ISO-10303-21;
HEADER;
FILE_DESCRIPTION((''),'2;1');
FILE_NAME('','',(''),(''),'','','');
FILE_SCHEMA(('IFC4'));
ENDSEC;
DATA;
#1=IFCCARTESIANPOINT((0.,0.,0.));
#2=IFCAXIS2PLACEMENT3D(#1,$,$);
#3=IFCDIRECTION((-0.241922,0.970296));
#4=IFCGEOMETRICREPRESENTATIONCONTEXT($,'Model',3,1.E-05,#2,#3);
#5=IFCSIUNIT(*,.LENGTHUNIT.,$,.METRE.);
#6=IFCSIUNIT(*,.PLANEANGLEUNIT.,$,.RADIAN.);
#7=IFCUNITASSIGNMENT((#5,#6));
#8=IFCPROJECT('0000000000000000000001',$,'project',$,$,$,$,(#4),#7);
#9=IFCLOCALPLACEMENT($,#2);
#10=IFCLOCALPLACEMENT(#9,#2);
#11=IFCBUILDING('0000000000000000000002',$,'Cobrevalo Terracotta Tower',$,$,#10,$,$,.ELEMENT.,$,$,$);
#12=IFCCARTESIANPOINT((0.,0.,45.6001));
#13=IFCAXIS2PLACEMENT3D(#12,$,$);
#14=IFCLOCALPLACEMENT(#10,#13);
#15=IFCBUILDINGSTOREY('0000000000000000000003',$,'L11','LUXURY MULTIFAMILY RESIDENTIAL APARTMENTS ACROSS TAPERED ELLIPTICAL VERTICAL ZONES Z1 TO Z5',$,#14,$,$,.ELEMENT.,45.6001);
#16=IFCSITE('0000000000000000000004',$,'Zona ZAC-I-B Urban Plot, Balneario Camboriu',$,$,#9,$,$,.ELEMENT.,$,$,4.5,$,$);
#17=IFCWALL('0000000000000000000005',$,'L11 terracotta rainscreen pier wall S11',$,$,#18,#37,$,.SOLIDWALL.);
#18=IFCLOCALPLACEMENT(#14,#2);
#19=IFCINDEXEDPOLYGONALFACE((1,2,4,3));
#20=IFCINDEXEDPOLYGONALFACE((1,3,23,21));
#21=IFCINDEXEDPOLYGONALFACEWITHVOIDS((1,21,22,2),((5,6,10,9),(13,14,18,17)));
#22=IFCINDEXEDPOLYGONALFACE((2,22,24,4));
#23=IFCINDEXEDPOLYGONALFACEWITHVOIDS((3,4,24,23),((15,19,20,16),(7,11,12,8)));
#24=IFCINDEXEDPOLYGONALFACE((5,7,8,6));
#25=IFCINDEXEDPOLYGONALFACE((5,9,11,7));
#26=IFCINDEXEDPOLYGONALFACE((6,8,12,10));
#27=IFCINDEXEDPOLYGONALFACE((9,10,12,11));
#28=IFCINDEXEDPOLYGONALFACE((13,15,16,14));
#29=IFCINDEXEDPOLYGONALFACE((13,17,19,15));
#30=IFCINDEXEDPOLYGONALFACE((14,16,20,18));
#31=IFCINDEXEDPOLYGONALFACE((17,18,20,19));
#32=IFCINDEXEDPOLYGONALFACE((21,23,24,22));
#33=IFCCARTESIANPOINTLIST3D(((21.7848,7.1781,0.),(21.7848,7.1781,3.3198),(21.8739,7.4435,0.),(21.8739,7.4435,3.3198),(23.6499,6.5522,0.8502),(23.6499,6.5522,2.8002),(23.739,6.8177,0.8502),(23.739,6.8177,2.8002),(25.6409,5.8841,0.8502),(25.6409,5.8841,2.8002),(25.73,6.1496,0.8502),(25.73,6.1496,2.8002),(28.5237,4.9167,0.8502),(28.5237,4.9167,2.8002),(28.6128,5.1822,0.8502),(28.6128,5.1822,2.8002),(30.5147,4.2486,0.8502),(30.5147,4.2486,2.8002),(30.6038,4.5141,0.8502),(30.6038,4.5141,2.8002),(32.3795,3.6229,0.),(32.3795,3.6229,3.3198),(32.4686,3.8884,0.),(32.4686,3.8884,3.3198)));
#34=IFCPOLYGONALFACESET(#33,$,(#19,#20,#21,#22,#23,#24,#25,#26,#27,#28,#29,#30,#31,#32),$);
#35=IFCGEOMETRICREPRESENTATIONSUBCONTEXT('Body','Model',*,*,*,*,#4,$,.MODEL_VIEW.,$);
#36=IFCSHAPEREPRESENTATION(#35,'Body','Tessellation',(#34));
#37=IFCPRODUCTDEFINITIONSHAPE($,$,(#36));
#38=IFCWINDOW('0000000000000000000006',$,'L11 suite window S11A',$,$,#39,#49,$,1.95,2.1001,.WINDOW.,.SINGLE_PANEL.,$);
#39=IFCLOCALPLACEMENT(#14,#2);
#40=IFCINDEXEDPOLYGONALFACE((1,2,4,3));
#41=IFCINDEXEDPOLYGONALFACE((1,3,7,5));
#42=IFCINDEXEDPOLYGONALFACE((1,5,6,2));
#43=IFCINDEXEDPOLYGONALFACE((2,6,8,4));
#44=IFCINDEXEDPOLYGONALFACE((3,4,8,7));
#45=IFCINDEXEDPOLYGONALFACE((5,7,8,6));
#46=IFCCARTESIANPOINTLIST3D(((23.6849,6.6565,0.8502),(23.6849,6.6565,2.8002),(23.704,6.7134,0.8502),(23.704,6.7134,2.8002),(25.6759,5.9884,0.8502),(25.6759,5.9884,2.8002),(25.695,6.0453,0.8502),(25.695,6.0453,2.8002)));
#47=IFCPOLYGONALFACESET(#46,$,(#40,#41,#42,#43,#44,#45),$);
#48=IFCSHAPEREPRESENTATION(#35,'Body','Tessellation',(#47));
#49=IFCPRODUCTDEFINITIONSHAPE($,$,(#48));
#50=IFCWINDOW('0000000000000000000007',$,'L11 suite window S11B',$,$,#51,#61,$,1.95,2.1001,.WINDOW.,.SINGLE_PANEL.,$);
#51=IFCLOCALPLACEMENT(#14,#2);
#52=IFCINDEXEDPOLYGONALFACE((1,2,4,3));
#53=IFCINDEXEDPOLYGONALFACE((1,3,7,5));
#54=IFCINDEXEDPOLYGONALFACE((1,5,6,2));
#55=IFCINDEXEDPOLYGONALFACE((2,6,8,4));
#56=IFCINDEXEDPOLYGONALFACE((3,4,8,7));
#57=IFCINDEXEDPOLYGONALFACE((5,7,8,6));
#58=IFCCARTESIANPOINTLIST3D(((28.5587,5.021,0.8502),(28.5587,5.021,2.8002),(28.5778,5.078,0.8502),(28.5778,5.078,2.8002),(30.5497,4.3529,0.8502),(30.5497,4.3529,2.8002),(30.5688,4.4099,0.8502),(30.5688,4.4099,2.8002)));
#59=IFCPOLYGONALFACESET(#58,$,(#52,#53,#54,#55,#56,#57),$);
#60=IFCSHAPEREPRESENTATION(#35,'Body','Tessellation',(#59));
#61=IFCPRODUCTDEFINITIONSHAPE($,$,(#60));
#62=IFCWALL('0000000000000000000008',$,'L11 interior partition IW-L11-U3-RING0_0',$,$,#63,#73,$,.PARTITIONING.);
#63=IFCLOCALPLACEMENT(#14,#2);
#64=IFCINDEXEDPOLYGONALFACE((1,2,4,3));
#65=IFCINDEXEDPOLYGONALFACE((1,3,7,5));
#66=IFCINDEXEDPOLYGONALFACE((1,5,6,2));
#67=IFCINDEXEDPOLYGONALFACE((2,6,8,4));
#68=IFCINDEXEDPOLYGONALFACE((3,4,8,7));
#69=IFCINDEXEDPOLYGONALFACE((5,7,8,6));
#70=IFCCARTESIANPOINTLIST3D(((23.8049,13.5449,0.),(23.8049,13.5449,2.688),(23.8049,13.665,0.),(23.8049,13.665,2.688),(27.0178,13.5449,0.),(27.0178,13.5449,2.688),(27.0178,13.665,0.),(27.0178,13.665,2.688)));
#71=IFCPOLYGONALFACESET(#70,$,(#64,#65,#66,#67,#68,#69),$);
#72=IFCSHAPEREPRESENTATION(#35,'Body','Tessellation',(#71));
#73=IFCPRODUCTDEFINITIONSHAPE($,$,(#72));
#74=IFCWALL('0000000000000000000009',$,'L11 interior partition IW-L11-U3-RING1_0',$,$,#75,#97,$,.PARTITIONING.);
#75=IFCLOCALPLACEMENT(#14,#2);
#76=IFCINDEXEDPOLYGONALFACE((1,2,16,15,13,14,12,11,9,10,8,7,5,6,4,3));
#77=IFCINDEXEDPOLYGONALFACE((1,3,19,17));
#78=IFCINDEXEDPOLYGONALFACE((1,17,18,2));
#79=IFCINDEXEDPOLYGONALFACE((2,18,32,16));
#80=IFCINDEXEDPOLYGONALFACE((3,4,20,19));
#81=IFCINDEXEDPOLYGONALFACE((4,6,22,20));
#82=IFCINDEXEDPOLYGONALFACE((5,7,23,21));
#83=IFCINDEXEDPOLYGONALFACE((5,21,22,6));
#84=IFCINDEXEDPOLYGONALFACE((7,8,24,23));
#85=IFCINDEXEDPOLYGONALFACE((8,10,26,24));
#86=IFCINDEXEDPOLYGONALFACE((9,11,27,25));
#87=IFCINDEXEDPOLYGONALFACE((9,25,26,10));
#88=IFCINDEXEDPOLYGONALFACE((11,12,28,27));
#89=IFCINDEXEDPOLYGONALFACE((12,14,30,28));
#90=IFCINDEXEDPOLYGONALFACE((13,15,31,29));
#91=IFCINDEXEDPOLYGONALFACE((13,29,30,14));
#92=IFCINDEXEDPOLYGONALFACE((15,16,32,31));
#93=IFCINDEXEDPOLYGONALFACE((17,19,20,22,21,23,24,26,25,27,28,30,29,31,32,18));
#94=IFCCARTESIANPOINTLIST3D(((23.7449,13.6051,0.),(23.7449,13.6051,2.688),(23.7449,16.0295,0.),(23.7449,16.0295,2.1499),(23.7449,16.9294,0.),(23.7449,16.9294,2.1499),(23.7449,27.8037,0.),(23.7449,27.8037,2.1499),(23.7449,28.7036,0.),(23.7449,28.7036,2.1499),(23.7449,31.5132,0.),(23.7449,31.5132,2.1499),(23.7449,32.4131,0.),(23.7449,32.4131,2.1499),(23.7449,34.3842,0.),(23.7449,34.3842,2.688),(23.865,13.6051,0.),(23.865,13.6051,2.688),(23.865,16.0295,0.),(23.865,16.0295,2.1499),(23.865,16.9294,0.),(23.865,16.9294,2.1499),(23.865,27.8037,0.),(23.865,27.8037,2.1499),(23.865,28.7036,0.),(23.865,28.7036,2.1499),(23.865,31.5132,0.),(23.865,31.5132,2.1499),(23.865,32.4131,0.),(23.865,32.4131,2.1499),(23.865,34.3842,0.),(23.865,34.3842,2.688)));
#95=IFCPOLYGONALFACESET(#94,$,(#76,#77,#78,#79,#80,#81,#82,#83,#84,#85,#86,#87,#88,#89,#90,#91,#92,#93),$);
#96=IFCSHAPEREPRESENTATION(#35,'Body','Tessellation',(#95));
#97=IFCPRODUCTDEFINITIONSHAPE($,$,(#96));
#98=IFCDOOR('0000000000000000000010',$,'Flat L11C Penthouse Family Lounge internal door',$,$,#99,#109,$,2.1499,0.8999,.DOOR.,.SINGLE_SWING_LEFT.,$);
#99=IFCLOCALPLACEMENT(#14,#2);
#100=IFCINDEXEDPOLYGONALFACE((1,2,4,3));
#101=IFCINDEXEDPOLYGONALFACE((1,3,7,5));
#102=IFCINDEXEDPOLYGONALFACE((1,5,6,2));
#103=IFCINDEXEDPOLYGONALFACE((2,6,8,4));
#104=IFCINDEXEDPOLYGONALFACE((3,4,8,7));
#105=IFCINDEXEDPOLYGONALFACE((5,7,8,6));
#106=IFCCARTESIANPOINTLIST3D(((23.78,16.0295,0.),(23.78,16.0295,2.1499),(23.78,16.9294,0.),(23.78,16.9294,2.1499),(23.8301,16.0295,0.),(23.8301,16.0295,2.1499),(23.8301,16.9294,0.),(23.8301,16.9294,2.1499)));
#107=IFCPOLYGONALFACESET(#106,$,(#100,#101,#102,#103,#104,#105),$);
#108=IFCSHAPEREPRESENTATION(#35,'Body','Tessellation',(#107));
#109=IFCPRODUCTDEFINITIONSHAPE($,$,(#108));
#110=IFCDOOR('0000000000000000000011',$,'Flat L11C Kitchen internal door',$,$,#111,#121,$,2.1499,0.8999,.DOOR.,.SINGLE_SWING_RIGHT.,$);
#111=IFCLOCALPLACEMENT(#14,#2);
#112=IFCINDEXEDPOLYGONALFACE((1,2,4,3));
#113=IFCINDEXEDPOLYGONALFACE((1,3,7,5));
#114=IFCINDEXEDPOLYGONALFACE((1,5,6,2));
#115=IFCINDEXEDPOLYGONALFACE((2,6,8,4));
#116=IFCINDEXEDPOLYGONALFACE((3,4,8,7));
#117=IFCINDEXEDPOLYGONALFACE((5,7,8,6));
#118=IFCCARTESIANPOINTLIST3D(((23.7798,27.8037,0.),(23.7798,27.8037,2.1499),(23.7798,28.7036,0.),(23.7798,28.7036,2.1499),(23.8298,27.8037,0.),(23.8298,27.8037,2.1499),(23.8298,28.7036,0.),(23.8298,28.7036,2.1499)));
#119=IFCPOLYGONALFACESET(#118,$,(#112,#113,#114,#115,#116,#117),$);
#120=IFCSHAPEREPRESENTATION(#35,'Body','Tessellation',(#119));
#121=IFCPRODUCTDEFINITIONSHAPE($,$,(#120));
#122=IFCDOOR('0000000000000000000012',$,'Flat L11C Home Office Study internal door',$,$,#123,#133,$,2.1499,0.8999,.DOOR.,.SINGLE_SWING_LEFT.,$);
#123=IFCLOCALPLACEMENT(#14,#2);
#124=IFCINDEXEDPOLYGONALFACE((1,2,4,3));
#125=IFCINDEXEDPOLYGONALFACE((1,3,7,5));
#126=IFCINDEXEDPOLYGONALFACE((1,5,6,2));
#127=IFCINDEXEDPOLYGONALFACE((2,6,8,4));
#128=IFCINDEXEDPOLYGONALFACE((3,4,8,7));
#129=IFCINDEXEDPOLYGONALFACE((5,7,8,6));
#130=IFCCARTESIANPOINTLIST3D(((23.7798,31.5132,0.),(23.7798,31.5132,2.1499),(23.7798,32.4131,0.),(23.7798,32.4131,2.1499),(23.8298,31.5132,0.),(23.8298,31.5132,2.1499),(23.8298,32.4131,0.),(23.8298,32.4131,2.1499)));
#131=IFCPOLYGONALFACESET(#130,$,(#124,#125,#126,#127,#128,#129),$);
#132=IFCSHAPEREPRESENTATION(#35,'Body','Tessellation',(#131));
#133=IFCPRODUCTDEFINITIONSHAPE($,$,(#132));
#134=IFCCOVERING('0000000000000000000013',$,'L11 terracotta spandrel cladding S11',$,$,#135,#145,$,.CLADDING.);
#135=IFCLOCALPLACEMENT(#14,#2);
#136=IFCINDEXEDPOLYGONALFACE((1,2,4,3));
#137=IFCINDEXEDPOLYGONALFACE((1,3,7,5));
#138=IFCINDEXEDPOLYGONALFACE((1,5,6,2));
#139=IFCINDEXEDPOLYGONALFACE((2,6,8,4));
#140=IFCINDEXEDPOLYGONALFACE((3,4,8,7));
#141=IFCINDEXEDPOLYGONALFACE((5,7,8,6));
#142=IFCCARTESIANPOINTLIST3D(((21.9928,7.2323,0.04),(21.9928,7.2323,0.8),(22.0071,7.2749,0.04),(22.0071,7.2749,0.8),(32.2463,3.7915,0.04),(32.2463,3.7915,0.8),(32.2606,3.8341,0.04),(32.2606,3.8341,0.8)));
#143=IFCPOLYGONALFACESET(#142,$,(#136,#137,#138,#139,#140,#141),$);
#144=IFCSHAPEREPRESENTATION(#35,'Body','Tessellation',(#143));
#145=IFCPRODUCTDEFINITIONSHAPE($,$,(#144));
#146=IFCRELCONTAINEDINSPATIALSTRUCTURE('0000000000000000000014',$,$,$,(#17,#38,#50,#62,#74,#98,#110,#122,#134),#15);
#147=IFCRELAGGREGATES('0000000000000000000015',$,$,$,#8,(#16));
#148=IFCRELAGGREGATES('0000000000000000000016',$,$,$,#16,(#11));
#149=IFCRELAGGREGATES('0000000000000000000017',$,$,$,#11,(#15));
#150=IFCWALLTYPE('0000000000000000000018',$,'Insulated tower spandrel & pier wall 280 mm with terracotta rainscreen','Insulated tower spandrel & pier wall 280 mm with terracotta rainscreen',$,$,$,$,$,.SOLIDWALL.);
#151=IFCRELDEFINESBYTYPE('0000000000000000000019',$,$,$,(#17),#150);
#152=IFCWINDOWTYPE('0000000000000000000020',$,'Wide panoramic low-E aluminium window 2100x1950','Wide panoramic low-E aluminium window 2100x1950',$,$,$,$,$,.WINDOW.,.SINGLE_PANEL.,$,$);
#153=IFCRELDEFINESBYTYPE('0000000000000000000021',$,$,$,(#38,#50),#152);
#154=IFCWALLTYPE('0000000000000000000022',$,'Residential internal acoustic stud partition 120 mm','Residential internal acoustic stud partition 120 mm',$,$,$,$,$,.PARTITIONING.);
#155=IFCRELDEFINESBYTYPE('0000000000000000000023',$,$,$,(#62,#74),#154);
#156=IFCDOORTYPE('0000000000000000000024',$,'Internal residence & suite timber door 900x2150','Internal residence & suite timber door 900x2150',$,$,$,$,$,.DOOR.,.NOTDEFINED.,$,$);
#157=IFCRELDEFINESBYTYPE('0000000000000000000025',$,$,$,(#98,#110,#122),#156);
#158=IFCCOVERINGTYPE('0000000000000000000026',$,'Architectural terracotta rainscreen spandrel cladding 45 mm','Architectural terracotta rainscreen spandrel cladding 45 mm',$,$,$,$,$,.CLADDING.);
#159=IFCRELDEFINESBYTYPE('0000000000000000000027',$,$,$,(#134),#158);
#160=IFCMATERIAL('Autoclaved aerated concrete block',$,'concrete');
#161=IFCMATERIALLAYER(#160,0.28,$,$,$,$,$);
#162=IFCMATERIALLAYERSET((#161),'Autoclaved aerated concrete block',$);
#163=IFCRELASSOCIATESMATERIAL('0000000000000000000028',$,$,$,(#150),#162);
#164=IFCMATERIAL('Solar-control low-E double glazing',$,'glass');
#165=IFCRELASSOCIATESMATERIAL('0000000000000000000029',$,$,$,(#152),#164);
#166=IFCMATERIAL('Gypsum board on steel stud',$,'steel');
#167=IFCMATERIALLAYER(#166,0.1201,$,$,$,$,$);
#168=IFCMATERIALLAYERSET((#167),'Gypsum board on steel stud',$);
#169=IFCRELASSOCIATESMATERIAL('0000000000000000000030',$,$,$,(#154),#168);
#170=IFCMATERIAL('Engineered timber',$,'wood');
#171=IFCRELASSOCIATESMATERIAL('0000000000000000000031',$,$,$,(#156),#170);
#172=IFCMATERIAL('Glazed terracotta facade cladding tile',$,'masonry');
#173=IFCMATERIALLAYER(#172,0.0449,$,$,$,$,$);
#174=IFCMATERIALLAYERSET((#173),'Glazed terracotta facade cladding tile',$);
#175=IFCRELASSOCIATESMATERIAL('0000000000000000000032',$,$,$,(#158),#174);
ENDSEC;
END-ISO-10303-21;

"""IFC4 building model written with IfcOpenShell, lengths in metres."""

from ifc_helpers import new_model, si_unit, direction, frame, frame_2d, origin, origin_2d, place, context, subcontext, project, spatial, rectangle, extrude, source, transform, mapped, material, layer, layer_set, type_object, element, fill, save


model = new_model("IFC4")

# Units and contexts
model_context = context("Model", 3, precision=1e-05, world=origin(), true_north=direction((-0.241922, 0.970296)))
body_context = subcontext(model_context, "Body", "Model", "MODEL_VIEW")
ifc_project = project(units=[si_unit("LENGTHUNIT", "METRE"), si_unit("PLANEANGLEUNIT", "RADIAN")], contexts=[model_context])

# Site, building, storey
site_placement = place(None, origin())
site = spatial("IfcSite", under=ifc_project, at=site_placement, Name="Zona ZAC-I-B Urban Plot, Balneario Camboriu", CompositionType="ELEMENT", RefElevation=4.5)
building_placement = place(site_placement, origin())
building = spatial("IfcBuilding", under=site, at=building_placement, Name="Cobrevalo Terracotta Tower", CompositionType="ELEMENT")
storey_placement = place(building_placement, frame((0.0, 0.0, 45.6001)))
storey = spatial("IfcBuildingStorey", under=building, at=storey_placement, Name="L11", Description="LUXURY MULTIFAMILY RESIDENTIAL APARTMENTS ACROSS TAPERED ELLIPTICAL VERTICAL ZONES Z1 TO Z5", CompositionType="ELEMENT", Elevation=45.6001)

# Wall, openings, windows
ifc_material_1 = material(Name="Autoclaved aerated concrete block", Category="concrete")
ifc_layer_1 = layer(ifc_material_1, 0.28)
ifc_layer_set_1 = layer_set([ifc_layer_1], Name="Autoclaved aerated concrete block")
wall_type_1 = type_object("IfcWallType", Name="Insulated tower spandrel & pier wall 280 mm with terracotta rainscreen", Description="Insulated tower spandrel & pier wall 280 mm with terracotta rainscreen", PredefinedType="SOLIDWALL", material=ifc_layer_set_1)
wall_1_placement = place(storey_placement, frame((21.8293, 7.3108, 0.0), z_axis=(0.0, 0.0, 1.0), x_axis=(0.948048, -0.318128, 0.0)))
wall_1 = element("IfcWall", 1, at=wall_1_placement, inside=storey, type_object=wall_type_1, Name="L11 terracotta rainscreen pier wall S11", PredefinedType="SOLIDWALL", context=body_context, shape_type="SweptSolid", body=[
    extrude(rectangle(XDim=11.1753, YDim=0.28, at=frame_2d((5.5876, 0.0))), origin(), (0.0, 0.0, 1.0), 3.3198),
])
opening_1_placement = place(wall_1_placement, frame((1.9673, 0.0, 0.8501)))
opening_1 = element("IfcOpeningElement", 2, at=opening_1_placement, cuts=wall_1, PredefinedType="OPENING", context=body_context, shape_type="SweptSolid", body=[
    extrude(rectangle(XDim=2.1001, YDim=1.95, at=frame_2d((1.05, 0.9751))), frame((0.0, 0.1499, 0.0), z_axis=(0.0, -1.0, 0.0), x_axis=(1.0, 0.0, 0.0)), (0.0, 0.0, 1.0), 0.3),
])
opening_2_placement = place(wall_1_placement, frame((7.1082, 0.0, 0.8501)))
opening_2 = element("IfcOpeningElement", 3, at=opening_2_placement, cuts=wall_1, PredefinedType="OPENING", context=body_context, shape_type="SweptSolid", body=[
    extrude(rectangle(XDim=2.1001, YDim=1.95, at=frame_2d((1.05, 0.9751))), frame((0.0, 0.1499, 0.0), z_axis=(0.0, -1.0, 0.0), x_axis=(1.0, 0.0, 0.0)), (0.0, 0.0, 1.0), 0.3),
])
ifc_material_2 = material(Name="Solar-control low-E double glazing", Category="glass")
window_type = type_object("IfcWindowType", Name="Wide panoramic low-E aluminium window 2100x1950", Description="Wide panoramic low-E aluminium window 2100x1950", PartitioningType="SINGLE_PANEL", PredefinedType="WINDOW", material=ifc_material_2)
shared_shape_1 = source(origin(), body_context, "Body", "SweptSolid", [
    extrude(rectangle(XDim=2.1001, YDim=1.95, at=frame_2d((1.05, 0.9751))), frame((0.0, 0.03, 0.0), z_axis=(0.0, -1.0, 0.0), x_axis=(1.0, 0.0, 0.0)), (0.0, 0.0, 1.0), 0.0601),
])
window_1_placement = place(opening_1_placement, origin())
window_1 = element("IfcWindow", 4, at=window_1_placement, inside=storey, type_object=window_type, Name="L11 suite window S11A", OverallHeight=1.95, OverallWidth=2.1001, PartitioningType="SINGLE_PANEL", PredefinedType="WINDOW", context=body_context, shape_type="MappedRepresentation", body=[
    mapped(shared_shape_1, transform((0.0, 0.0, 0.0), scale=1.0)),
])
fill(opening_1, window_1)
window_2_placement = place(opening_2_placement, origin())
window_2 = element("IfcWindow", 5, at=window_2_placement, inside=storey, type_object=window_type, Name="L11 suite window S11B", OverallHeight=1.95, OverallWidth=2.1001, PartitioningType="SINGLE_PANEL", PredefinedType="WINDOW", context=body_context, shape_type="MappedRepresentation", body=[
    mapped(shared_shape_1, transform((0.0, 0.0, 0.0), scale=1.0)),
])
fill(opening_2, window_2)

# Wall
ifc_material_3 = material(Name="Gypsum board on steel stud", Category="steel")
ifc_layer_2 = layer(ifc_material_3, 0.1201)
ifc_layer_set_2 = layer_set([ifc_layer_2], Name="Gypsum board on steel stud")
wall_type_2 = type_object("IfcWallType", Name="Residential internal acoustic stud partition 120 mm", Description="Residential internal acoustic stud partition 120 mm", PredefinedType="PARTITIONING", material=ifc_layer_set_2)
wall_2_placement = place(storey_placement, frame((27.0178, 13.605, 0.0), z_axis=(0.0, 0.0, 1.0), x_axis=(-1.0, 0.0, 0.0)))
element("IfcWall", 6, at=wall_2_placement, inside=storey, type_object=wall_type_2, Name="L11 interior partition IW-L11-U3-RING0_0", PredefinedType="PARTITIONING", context=body_context, shape_type="SweptSolid", body=[
    extrude(rectangle(XDim=3.2129, YDim=0.1201, at=frame_2d((1.6064, 0.0))), origin(), (0.0, 0.0, 1.0), 2.688),
])

# Wall, openings, doors
wall_3_placement = place(storey_placement, frame((23.8049, 13.605, 0.0), z_axis=(0.0, 0.0, 1.0), x_axis=(0.0, 1.0, 0.0)))
wall_3 = element("IfcWall", 7, at=wall_3_placement, inside=storey, type_object=wall_type_2, Name="L11 interior partition IW-L11-U3-RING1_0", PredefinedType="PARTITIONING", context=body_context, shape_type="SweptSolid", body=[
    extrude(rectangle(XDim=20.7791, YDim=0.1201, at=frame_2d((10.3896, 0.0))), origin(), (0.0, 0.0, 1.0), 2.688),
])
opening_3_placement = place(wall_3_placement, frame((2.4246, 0.0, 0.0)))
opening_3 = element("IfcOpeningElement", 8, at=opening_3_placement, cuts=wall_3, PredefinedType="OPENING", context=body_context, shape_type="SweptSolid", body=[
    extrude(rectangle(XDim=0.8999, YDim=2.1499, at=frame_2d((0.45, 1.075))), frame((0.0, 0.0701, 0.0), z_axis=(0.0, -1.0, 0.0), x_axis=(1.0, 0.0, 0.0)), (0.0, 0.0, 1.0), 0.1401),
])
opening_4_placement = place(wall_3_placement, frame((14.1987, 0.0, 0.0)))
opening_4 = element("IfcOpeningElement", 9, at=opening_4_placement, cuts=wall_3, PredefinedType="OPENING", context=body_context, shape_type="SweptSolid", body=[
    extrude(rectangle(XDim=0.8999, YDim=2.1499, at=frame_2d((0.45, 1.075))), frame((0.0, 0.0701, 0.0), z_axis=(0.0, -1.0, 0.0), x_axis=(1.0, 0.0, 0.0)), (0.0, 0.0, 1.0), 0.1401),
])
opening_5_placement = place(wall_3_placement, frame((17.9082, 0.0, 0.0)))
opening_5 = element("IfcOpeningElement", 10, at=opening_5_placement, cuts=wall_3, PredefinedType="OPENING", context=body_context, shape_type="SweptSolid", body=[
    extrude(rectangle(XDim=0.8999, YDim=2.1499, at=frame_2d((0.45, 1.075))), frame((0.0, 0.0701, 0.0), z_axis=(0.0, -1.0, 0.0), x_axis=(1.0, 0.0, 0.0)), (0.0, 0.0, 1.0), 0.1401),
])
ifc_material_4 = material(Name="Engineered timber", Category="wood")
door_type = type_object("IfcDoorType", Name="Internal residence & suite timber door 900x2150", Description="Internal residence & suite timber door 900x2150", OperationType="NOTDEFINED", PredefinedType="DOOR", material=ifc_material_4)
shared_shape_2 = source(origin(), body_context, "Body", "SweptSolid", [
    extrude(rectangle(XDim=0.8999, YDim=2.1499, at=frame_2d((0.45, 1.075))), frame((0.0, 0.0249, 0.0), z_axis=(0.0, -1.0, 0.0), x_axis=(1.0, 0.0, 0.0)), (0.0, 0.0, 1.0), 0.05),
])
door_1_placement = place(opening_3_placement, origin())
door_1 = element("IfcDoor", 11, at=door_1_placement, inside=storey, type_object=door_type, Name="Flat L11C Penthouse Family Lounge internal door", OperationType="SINGLE_SWING_LEFT", OverallHeight=2.1499, OverallWidth=0.8999, PredefinedType="DOOR", context=body_context, shape_type="MappedRepresentation", body=[
    mapped(shared_shape_2, transform((0.0, 0.0, 0.0), scale=1.0)),
])
fill(opening_3, door_1)
door_2_placement = place(opening_4_placement, frame((0.8999, 0.0, 0.0), z_axis=(0.0, 0.0, 1.0), x_axis=(-1.0, 0.0, 0.0)))
door_2 = element("IfcDoor", 12, at=door_2_placement, inside=storey, type_object=door_type, Name="Flat L11C Kitchen internal door", OperationType="SINGLE_SWING_RIGHT", OverallHeight=2.1499, OverallWidth=0.8999, PredefinedType="DOOR", context=body_context, shape_type="MappedRepresentation", body=[
    mapped(shared_shape_2, transform((0.0, 0.0, 0.0), scale=1.0)),
])
fill(opening_4, door_2)
door_3_placement = place(opening_5_placement, frame((0.8999, 0.0, 0.0), z_axis=(0.0, 0.0, 1.0), x_axis=(-1.0, 0.0, 0.0)))
door_3 = element("IfcDoor", 13, at=door_3_placement, inside=storey, type_object=door_type, Name="Flat L11C Home Office Study internal door", OperationType="SINGLE_SWING_LEFT", OverallHeight=2.1499, OverallWidth=0.8999, PredefinedType="DOOR", context=body_context, shape_type="MappedRepresentation", body=[
    mapped(shared_shape_2, transform((0.0, 0.0, 0.0), scale=1.0)),
])
fill(opening_5, door_3)

# Covering
ifc_material_5 = material(Name="Glazed terracotta facade cladding tile", Category="masonry")
ifc_layer_3 = layer(ifc_material_5, 0.0449)
ifc_layer_set_3 = layer_set([ifc_layer_3], Name="Glazed terracotta facade cladding tile")
covering_type = type_object("IfcCoveringType", Name="Architectural terracotta rainscreen spandrel cladding 45 mm", Description="Architectural terracotta rainscreen spandrel cladding 45 mm", PredefinedType="CLADDING", material=ifc_layer_set_3)
shared_shape_3 = source(origin(), body_context, "Body", "SweptSolid", [
    extrude(rectangle(XDim=10.8154, YDim=0.0449, at=origin_2d()), origin(), (0.0, 0.0, 1.0), 0.76),
])
covering_placement = place(storey_placement, frame((27.1267, 5.5332, 0.04), z_axis=(0.0, 0.0, 1.0), x_axis=(0.948044, -0.318139, 0.0)))
element("IfcCovering", 14, at=covering_placement, inside=storey, type_object=covering_type, Name="L11 terracotta spandrel cladding S11", PredefinedType="CLADDING", context=body_context, shape_type="MappedRepresentation", body=[
    mapped(shared_shape_3, transform((0.0, 0.0, 0.0), scale=1.0)),
])

save(model, "model.ifc")
